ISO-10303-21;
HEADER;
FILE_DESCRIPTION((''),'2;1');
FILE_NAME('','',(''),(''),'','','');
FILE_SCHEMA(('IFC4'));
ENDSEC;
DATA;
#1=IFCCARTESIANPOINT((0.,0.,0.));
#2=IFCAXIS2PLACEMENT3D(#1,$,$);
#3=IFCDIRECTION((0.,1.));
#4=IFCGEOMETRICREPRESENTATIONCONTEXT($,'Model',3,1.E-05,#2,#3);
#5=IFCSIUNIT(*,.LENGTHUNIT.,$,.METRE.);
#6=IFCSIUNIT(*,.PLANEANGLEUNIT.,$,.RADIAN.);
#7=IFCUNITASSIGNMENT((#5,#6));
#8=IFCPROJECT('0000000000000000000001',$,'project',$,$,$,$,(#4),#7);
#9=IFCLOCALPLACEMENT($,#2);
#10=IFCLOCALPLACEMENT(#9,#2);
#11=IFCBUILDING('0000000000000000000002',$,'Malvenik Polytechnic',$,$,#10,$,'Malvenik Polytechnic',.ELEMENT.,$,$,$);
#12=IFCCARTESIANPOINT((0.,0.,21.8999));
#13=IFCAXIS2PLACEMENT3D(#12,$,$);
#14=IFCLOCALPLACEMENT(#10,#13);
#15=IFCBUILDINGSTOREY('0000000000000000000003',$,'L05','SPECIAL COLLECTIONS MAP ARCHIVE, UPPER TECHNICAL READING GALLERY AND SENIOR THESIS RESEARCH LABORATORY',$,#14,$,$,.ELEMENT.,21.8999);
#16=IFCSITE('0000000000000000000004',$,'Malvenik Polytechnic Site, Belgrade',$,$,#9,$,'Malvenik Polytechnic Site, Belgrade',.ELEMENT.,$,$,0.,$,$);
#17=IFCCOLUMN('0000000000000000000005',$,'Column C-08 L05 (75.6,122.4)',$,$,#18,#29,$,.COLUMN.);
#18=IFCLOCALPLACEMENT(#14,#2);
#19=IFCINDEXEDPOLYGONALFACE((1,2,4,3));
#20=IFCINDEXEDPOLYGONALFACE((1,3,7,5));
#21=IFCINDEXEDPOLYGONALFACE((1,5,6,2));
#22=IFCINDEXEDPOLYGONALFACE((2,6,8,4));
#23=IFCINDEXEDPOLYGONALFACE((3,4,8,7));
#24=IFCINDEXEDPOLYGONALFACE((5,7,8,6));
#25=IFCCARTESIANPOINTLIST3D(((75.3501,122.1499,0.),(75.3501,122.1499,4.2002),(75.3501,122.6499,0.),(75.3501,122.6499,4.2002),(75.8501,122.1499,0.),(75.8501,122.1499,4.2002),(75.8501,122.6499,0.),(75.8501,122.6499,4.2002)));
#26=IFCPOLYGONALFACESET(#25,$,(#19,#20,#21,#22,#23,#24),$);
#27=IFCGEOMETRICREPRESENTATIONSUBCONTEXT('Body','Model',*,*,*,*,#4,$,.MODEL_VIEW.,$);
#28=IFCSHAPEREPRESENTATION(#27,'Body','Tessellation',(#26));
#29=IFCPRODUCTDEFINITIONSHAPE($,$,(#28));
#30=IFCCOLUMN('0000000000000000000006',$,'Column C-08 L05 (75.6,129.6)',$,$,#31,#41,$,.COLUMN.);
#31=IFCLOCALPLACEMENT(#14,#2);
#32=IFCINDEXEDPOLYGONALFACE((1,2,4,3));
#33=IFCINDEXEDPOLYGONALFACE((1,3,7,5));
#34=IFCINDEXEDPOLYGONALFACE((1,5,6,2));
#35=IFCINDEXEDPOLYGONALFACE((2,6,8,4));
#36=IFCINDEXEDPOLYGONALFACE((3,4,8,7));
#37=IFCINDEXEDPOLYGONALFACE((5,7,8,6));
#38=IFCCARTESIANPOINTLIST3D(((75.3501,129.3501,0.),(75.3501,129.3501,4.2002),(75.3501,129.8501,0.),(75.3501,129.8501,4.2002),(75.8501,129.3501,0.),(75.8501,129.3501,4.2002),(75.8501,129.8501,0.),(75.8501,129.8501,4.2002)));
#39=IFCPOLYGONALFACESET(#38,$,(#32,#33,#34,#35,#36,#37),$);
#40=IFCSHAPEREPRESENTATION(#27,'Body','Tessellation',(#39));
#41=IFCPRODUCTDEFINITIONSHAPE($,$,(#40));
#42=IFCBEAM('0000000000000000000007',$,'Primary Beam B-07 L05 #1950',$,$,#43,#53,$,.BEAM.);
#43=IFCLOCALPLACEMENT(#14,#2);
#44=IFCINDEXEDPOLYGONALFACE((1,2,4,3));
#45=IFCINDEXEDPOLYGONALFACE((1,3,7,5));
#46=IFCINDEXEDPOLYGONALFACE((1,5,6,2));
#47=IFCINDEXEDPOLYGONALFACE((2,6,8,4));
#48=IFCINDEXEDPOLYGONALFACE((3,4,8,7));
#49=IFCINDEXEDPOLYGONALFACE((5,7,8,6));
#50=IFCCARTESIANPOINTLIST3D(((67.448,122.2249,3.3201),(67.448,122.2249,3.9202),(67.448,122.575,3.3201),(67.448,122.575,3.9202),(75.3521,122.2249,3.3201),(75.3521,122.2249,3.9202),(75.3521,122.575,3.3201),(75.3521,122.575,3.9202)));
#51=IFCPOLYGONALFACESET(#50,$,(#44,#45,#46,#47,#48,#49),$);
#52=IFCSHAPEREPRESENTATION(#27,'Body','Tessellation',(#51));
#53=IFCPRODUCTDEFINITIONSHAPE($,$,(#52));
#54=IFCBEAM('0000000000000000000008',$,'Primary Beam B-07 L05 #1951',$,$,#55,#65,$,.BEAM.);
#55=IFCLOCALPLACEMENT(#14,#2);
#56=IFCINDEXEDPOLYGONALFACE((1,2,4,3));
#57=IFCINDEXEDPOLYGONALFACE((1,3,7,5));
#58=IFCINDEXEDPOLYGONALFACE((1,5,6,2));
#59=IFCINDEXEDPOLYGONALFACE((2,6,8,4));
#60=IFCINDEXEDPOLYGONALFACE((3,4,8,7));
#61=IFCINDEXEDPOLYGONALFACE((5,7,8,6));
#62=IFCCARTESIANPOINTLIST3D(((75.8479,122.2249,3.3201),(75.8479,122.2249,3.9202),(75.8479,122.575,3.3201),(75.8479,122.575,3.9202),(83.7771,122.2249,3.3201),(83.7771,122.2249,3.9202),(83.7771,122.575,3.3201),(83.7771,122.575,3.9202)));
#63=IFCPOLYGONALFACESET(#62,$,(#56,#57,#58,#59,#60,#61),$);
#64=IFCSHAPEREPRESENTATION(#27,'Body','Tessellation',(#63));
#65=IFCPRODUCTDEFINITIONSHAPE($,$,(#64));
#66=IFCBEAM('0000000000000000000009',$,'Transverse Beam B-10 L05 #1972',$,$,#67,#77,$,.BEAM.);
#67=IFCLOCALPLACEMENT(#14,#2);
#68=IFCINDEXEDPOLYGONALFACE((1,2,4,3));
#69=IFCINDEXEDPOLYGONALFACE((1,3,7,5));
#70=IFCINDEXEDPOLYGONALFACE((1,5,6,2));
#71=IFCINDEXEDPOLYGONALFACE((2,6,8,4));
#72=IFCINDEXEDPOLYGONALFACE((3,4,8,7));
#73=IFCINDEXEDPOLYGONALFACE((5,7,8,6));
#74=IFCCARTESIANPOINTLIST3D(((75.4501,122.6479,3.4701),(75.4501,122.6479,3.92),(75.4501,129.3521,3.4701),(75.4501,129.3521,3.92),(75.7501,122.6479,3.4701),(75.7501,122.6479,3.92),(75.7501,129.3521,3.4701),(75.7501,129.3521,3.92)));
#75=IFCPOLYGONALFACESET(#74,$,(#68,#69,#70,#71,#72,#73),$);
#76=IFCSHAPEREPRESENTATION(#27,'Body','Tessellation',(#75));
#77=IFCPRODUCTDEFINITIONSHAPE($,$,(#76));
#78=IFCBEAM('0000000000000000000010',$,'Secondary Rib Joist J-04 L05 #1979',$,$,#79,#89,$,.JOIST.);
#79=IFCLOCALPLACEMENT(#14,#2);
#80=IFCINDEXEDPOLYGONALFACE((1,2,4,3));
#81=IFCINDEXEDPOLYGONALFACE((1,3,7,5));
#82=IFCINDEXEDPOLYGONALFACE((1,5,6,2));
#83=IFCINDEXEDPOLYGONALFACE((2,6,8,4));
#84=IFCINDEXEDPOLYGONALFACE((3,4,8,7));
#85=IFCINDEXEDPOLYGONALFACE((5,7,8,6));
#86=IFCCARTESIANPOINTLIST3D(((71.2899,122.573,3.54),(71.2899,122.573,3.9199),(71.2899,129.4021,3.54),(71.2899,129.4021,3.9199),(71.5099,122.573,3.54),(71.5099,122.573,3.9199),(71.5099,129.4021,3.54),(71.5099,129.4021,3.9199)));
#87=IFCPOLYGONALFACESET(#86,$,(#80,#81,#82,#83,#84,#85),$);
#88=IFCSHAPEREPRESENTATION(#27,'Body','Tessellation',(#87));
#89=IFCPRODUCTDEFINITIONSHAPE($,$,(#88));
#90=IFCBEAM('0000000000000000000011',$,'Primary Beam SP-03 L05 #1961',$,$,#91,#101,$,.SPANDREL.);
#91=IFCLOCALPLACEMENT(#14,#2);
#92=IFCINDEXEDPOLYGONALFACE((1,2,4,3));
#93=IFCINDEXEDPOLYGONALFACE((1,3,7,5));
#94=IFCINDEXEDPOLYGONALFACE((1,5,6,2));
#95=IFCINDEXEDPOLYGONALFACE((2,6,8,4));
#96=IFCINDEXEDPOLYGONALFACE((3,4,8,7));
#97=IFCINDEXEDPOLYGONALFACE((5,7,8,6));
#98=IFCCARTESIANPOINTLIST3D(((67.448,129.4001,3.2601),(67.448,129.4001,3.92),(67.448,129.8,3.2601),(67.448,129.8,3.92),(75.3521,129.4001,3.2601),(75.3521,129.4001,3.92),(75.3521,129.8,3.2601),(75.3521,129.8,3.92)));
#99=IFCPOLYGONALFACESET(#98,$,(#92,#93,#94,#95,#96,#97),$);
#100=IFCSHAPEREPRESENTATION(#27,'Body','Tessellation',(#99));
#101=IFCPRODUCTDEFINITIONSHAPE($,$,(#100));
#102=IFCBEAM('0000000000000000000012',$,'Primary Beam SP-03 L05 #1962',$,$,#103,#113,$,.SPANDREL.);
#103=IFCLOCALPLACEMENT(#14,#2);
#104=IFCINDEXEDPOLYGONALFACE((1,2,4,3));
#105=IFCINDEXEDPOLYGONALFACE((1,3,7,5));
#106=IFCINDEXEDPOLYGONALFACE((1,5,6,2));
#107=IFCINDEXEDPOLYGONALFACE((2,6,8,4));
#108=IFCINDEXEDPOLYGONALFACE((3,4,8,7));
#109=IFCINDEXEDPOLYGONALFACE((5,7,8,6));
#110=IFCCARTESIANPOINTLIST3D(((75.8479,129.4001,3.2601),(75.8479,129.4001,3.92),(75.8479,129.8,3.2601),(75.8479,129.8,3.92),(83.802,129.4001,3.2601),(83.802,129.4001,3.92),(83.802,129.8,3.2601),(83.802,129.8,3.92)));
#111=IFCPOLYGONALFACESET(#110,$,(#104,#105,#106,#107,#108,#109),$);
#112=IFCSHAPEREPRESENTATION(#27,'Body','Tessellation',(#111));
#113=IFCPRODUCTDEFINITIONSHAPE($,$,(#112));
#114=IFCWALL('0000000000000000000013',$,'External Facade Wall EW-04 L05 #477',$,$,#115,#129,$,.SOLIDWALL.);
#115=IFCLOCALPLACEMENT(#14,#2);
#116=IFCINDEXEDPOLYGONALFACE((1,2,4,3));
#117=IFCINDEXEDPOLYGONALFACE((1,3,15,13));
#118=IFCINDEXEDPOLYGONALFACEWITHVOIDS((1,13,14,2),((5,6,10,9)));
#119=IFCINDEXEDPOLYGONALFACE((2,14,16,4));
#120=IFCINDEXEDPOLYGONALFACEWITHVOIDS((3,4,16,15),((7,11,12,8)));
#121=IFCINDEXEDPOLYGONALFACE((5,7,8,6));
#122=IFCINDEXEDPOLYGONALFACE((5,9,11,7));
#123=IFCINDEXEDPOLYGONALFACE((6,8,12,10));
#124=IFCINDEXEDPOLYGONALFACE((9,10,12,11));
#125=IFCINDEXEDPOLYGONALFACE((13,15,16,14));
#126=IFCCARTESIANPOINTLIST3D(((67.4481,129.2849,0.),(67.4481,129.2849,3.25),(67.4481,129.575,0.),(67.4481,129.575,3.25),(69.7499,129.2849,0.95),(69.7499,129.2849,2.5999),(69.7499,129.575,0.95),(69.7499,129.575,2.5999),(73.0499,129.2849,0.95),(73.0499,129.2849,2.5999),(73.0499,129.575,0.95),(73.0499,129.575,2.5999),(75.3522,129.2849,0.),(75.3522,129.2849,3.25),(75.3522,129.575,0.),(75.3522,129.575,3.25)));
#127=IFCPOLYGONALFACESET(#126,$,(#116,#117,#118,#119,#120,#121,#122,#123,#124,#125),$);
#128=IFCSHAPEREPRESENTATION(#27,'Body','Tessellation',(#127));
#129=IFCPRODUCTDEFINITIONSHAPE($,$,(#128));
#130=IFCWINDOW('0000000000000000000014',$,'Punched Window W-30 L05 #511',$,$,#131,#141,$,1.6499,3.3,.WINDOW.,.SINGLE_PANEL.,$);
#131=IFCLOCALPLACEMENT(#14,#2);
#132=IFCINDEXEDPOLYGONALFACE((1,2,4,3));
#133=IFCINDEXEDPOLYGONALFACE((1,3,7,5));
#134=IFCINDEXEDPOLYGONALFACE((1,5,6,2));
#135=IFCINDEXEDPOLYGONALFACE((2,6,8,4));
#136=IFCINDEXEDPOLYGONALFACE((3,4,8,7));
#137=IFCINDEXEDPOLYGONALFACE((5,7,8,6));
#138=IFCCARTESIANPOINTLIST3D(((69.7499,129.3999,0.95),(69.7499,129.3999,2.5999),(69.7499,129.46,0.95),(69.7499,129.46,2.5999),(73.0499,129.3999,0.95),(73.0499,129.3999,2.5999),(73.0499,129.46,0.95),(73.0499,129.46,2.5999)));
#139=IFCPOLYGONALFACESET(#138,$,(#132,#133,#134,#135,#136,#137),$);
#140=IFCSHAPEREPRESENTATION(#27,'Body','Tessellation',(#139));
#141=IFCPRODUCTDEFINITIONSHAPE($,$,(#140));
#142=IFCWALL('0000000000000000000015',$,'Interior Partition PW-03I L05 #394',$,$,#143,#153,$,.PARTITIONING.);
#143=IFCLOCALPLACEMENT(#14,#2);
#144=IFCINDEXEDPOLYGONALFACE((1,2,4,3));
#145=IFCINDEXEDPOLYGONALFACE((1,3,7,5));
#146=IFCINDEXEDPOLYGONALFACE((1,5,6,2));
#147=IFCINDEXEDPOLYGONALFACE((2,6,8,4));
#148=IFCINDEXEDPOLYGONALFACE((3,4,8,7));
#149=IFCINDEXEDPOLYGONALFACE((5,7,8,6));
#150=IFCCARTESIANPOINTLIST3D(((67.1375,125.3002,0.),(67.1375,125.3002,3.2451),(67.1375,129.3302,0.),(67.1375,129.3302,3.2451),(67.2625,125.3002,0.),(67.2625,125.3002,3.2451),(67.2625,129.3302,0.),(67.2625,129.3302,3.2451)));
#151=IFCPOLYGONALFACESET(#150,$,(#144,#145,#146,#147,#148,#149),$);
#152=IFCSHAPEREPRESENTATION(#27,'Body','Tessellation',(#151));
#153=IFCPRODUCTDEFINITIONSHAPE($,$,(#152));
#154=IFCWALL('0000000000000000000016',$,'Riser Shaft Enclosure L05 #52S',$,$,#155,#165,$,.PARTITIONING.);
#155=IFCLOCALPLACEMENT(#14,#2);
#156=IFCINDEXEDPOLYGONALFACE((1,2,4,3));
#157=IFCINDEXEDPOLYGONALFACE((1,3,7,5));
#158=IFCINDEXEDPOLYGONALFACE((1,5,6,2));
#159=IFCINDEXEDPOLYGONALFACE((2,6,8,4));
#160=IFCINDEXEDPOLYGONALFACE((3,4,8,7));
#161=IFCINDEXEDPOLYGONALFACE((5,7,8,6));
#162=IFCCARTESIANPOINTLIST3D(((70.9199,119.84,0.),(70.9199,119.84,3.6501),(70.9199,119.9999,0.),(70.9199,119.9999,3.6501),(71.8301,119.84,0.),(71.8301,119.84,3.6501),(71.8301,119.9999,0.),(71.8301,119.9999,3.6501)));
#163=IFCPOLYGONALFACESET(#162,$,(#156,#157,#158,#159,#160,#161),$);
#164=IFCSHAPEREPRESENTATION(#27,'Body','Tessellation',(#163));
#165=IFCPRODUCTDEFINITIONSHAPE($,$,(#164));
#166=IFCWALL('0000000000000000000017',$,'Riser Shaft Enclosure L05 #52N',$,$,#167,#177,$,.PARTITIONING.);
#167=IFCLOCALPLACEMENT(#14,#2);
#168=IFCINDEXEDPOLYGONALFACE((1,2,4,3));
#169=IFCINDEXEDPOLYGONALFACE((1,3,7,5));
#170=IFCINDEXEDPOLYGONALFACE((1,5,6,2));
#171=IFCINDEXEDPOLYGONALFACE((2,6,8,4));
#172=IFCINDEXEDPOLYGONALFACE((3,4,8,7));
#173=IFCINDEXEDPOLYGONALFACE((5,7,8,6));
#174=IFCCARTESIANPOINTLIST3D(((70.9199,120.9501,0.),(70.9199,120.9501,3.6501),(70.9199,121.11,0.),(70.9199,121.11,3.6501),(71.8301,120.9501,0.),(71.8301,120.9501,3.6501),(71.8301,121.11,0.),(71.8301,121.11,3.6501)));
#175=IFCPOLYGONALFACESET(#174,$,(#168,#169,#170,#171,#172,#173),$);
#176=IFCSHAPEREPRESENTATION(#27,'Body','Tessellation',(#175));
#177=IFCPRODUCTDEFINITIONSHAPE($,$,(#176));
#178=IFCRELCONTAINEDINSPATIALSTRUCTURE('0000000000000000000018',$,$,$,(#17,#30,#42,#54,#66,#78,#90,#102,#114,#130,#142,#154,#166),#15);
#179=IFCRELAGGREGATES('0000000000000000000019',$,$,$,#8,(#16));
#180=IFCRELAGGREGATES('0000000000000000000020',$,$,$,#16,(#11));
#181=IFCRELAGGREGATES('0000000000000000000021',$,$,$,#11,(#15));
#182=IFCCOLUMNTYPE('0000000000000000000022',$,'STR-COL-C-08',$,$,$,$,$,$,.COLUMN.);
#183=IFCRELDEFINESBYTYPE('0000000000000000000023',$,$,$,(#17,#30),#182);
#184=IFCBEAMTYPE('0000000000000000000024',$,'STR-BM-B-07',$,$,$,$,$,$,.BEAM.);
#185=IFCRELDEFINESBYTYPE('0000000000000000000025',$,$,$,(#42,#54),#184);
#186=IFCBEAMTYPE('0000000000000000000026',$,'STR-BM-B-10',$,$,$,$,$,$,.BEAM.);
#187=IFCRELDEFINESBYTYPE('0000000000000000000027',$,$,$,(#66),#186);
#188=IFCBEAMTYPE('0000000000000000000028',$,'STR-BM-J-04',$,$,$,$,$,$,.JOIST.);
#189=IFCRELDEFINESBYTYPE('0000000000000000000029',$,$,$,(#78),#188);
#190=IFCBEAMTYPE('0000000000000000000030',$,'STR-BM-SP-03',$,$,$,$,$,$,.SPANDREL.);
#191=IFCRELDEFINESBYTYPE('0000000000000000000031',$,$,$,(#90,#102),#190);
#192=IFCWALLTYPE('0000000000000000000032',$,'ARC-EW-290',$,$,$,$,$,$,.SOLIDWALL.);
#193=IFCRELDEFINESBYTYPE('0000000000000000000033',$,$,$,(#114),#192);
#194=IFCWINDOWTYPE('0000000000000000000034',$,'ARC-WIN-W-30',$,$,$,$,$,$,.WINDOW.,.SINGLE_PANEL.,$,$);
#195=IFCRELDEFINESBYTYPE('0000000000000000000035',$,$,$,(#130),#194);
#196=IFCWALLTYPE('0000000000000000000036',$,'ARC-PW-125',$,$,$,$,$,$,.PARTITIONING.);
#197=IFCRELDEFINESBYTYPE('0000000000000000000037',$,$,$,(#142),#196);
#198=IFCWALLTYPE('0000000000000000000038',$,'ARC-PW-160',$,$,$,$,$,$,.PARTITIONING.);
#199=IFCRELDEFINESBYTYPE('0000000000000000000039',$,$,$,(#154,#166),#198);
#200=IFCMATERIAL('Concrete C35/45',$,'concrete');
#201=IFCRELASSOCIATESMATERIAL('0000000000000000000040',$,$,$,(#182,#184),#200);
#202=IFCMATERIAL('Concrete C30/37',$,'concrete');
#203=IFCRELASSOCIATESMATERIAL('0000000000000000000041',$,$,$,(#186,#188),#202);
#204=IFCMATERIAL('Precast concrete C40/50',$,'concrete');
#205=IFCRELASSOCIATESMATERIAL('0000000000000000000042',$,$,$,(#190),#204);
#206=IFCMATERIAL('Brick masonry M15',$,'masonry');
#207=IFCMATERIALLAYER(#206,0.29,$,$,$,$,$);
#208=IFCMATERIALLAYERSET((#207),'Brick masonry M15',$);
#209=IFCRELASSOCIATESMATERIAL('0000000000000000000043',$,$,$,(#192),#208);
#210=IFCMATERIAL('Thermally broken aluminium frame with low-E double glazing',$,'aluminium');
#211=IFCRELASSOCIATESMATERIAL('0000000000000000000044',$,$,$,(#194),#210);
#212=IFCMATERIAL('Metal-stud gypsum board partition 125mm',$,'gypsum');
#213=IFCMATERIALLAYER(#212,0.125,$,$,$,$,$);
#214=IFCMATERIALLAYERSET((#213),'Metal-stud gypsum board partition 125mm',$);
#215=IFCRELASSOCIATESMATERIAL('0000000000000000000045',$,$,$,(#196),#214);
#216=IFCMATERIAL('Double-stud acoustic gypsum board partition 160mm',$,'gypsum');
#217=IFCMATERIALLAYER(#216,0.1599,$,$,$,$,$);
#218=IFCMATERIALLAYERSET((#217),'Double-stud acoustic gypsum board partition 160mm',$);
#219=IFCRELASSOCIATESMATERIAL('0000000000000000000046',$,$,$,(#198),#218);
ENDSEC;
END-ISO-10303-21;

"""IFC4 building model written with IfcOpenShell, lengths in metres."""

from ifc_helpers import new_model, si_unit, direction, frame, frame_2d, origin, origin_2d, place, context, subcontext, project, spatial, rectangle, extrude, material, layer, layer_set, material_profile, profile_set, type_object, element, fill, save


model = new_model("IFC4")

# Units and contexts
model_context = context("Model", 3, precision=1e-05, world=origin(), true_north=direction((0.0, 1.0)))
body_context = subcontext(model_context, "Body", "Model", "MODEL_VIEW")
ifc_project = project(units=[si_unit("LENGTHUNIT", "METRE"), si_unit("PLANEANGLEUNIT", "RADIAN")], contexts=[model_context])

# Site, building, storey
site_placement = place(None, origin())
site = spatial("IfcSite", under=ifc_project, at=site_placement, Name="Malvenik Polytechnic Site, Belgrade", LongName="Malvenik Polytechnic Site, Belgrade", CompositionType="ELEMENT", RefElevation=0.0)
building_placement = place(site_placement, origin())
building = spatial("IfcBuilding", under=site, at=building_placement, Name="Malvenik Polytechnic", LongName="Malvenik Polytechnic", CompositionType="ELEMENT")
storey_placement = place(building_placement, frame((0.0, 0.0, 21.8999)))
storey = spatial("IfcBuildingStorey", under=building, at=storey_placement, Name="L05", Description="SPECIAL COLLECTIONS MAP ARCHIVE, UPPER TECHNICAL READING GALLERY AND SENIOR THESIS RESEARCH LABORATORY", CompositionType="ELEMENT", Elevation=21.8999)

# Columns
ifc_material_1 = material(Name="Concrete C35/45", Category="concrete")
ifc_material_profile_1 = material_profile(ifc_material_1, rectangle(XDim=0.5, YDim=0.5, at=origin_2d()), Name="RC COL 500x500")
ifc_profile_set_1 = profile_set([ifc_material_profile_1], Name="Concrete C35/45")
column_type = type_object("IfcColumnType", Name="STR-COL-C-08", PredefinedType="COLUMN", material=ifc_profile_set_1)
for number, where, z_axis, x_axis, name in (
    (1, (75.6001, 122.3999, 0.0), (0.0, 0.0, 1.0), (1.0, 0.0, 0.0), "Column C-08 L05 (75.6,122.4)"),
    (2, (75.6001, 129.6001, 0.0), (0.0, 0.0, 1.0), (1.0, 0.0, 0.0), "Column C-08 L05 (75.6,129.6)"),
):
    element("IfcColumn", number, at=place(storey_placement, frame(where, z_axis=z_axis, x_axis=x_axis)), inside=storey, type_object=column_type, Name=name, PredefinedType="COLUMN", context=body_context, shape_type="SweptSolid", body=[
        extrude(rectangle(XDim=0.5, YDim=0.5, at=origin_2d()), origin(), (0.0, 0.0, 1.0), 4.2002),
    ])

# Beams
ifc_material_profile_2 = material_profile(ifc_material_1, rectangle(XDim=0.3501, YDim=0.6001, at=origin_2d()), Name="RC BM 350x600")
ifc_profile_set_2 = profile_set([ifc_material_profile_2], Name="Concrete C35/45")
beam_type_1 = type_object("IfcBeamType", Name="STR-BM-B-07", PredefinedType="BEAM", material=ifc_profile_set_2)
beam_1_placement = place(storey_placement, frame((67.448, 122.3999, 3.6201), z_axis=(1.0, 0.0, 0.0), x_axis=(0.0, 1.0, 0.0)))
element("IfcBeam", 3, at=beam_1_placement, inside=storey, type_object=beam_type_1, Name="Primary Beam B-07 L05 #1950", PredefinedType="BEAM", context=body_context, shape_type="SweptSolid", body=[
    extrude(rectangle(XDim=0.3501, YDim=0.6001, at=origin_2d()), origin(), (0.0, 0.0, 1.0), 7.9041),
])
beam_2_placement = place(storey_placement, frame((75.8479, 122.3999, 3.6201), z_axis=(1.0, 0.0, 0.0), x_axis=(0.0, 1.0, 0.0)))
element("IfcBeam", 4, at=beam_2_placement, inside=storey, type_object=beam_type_1, Name="Primary Beam B-07 L05 #1951", PredefinedType="BEAM", context=body_context, shape_type="SweptSolid", body=[
    extrude(rectangle(XDim=0.3501, YDim=0.6001, at=origin_2d()), origin(), (0.0, 0.0, 1.0), 7.9292),
])
ifc_material_2 = material(Name="Concrete C30/37", Category="concrete")
ifc_material_profile_3 = material_profile(ifc_material_2, rectangle(XDim=0.3, YDim=0.45, at=origin_2d()), Name="RC BM 300x450")
ifc_profile_set_3 = profile_set([ifc_material_profile_3], Name="Concrete C30/37")
beam_type_2 = type_object("IfcBeamType", Name="STR-BM-B-10", PredefinedType="BEAM", material=ifc_profile_set_3)
beam_3_placement = place(storey_placement, frame((75.6001, 122.6479, 3.6951), z_axis=(0.0, 1.0, 0.0), x_axis=(-1.0, 0.0, 0.0)))
element("IfcBeam", 5, at=beam_3_placement, inside=storey, type_object=beam_type_2, Name="Transverse Beam B-10 L05 #1972", PredefinedType="BEAM", context=body_context, shape_type="SweptSolid", body=[
    extrude(rectangle(XDim=0.3, YDim=0.45, at=origin_2d()), origin(), (0.0, 0.0, 1.0), 6.7041),
])
ifc_material_profile_4 = material_profile(ifc_material_2, rectangle(XDim=0.22, YDim=0.3799, at=origin_2d()), Name="RC JST 220x380")
ifc_profile_set_4 = profile_set([ifc_material_profile_4], Name="Concrete C30/37")
beam_type_3 = type_object("IfcBeamType", Name="STR-BM-J-04", PredefinedType="JOIST", material=ifc_profile_set_4)
beam_4_placement = place(storey_placement, frame((71.3999, 122.573, 3.73), z_axis=(0.0, 1.0, 0.0), x_axis=(-1.0, 0.0, 0.0)))
element("IfcBeam", 6, at=beam_4_placement, inside=storey, type_object=beam_type_3, Name="Secondary Rib Joist J-04 L05 #1979", PredefinedType="JOIST", context=body_context, shape_type="SweptSolid", body=[
    extrude(rectangle(XDim=0.22, YDim=0.3799, at=origin_2d()), origin(), (0.0, 0.0, 1.0), 6.8291),
])
ifc_material_3 = material(Name="Precast concrete C40/50", Category="concrete")
ifc_material_profile_5 = material_profile(ifc_material_3, rectangle(XDim=0.3999, YDim=0.6599, at=origin_2d()), Name="PC SPN 400x660")
ifc_profile_set_5 = profile_set([ifc_material_profile_5], Name="Precast concrete C40/50")
beam_type_4 = type_object("IfcBeamType", Name="STR-BM-SP-03", PredefinedType="SPANDREL", material=ifc_profile_set_5)
beam_5_placement = place(storey_placement, frame((67.448, 129.6001, 3.5901), z_axis=(1.0, 0.0, 0.0), x_axis=(0.0, 1.0, 0.0)))
element("IfcBeam", 7, at=beam_5_placement, inside=storey, type_object=beam_type_4, Name="Primary Beam SP-03 L05 #1961", PredefinedType="SPANDREL", context=body_context, shape_type="SweptSolid", body=[
    extrude(rectangle(XDim=0.3999, YDim=0.6599, at=origin_2d()), origin(), (0.0, 0.0, 1.0), 7.9041),
])
beam_6_placement = place(storey_placement, frame((75.8479, 129.6001, 3.5901), z_axis=(1.0, 0.0, 0.0), x_axis=(0.0, 1.0, 0.0)))
element("IfcBeam", 8, at=beam_6_placement, inside=storey, type_object=beam_type_4, Name="Primary Beam SP-03 L05 #1962", PredefinedType="SPANDREL", context=body_context, shape_type="SweptSolid", body=[
    extrude(rectangle(XDim=0.3999, YDim=0.6599, at=origin_2d()), origin(), (0.0, 0.0, 1.0), 7.9541),
])

# Wall, opening, window
ifc_material_4 = material(Name="Brick masonry M15", Category="masonry")
ifc_layer_1 = layer(ifc_material_4, 0.29)
ifc_layer_set_1 = layer_set([ifc_layer_1], Name="Brick masonry M15")
wall_type_1 = type_object("IfcWallType", Name="ARC-EW-290", PredefinedType="SOLIDWALL", material=ifc_layer_set_1)
wall_1_placement = place(storey_placement, frame((67.448, 129.4299, 0.0), z_axis=(0.0, 0.0, 1.0), x_axis=(1.0, 0.0, 0.0)))
wall_1 = element("IfcWall", 9, at=wall_1_placement, inside=storey, type_object=wall_type_1, Name="External Facade Wall EW-04 L05 #477", PredefinedType="SOLIDWALL", context=body_context, shape_type="SweptSolid", body=[
    extrude(rectangle(XDim=7.9041, YDim=0.29, at=frame_2d((3.9521, 0.0))), origin(), (0.0, 0.0, 1.0), 3.25),
])
opening_1_placement = place(wall_1_placement, frame((2.302, 0.0, 0.95)))
opening_1 = element("IfcOpeningElement", 10, at=opening_1_placement, cuts=wall_1, PredefinedType="OPENING", context=body_context, shape_type="SweptSolid", body=[
    extrude(rectangle(XDim=3.3, YDim=1.6499, at=frame_2d((1.6499, 0.825))), frame((0.0, 0.155, 0.0), z_axis=(0.0, -1.0, 0.0), x_axis=(1.0, 0.0, 0.0)), (0.0, 0.0, 1.0), 0.3101),
])
ifc_material_5 = material(Name="Thermally broken aluminium frame with low-E double glazing", Category="aluminium")
window_type = type_object("IfcWindowType", Name="ARC-WIN-W-30", PartitioningType="SINGLE_PANEL", PredefinedType="WINDOW", material=ifc_material_5)
window_placement = place(opening_1_placement, origin())
window = element("IfcWindow", 11, at=window_placement, inside=storey, type_object=window_type, Name="Punched Window W-30 L05 #511", OverallHeight=1.6499, OverallWidth=3.3, PartitioningType="SINGLE_PANEL", PredefinedType="WINDOW", context=body_context, shape_type="SweptSolid", body=[
    extrude(rectangle(XDim=3.3, YDim=1.6499, at=frame_2d((1.6499, 0.825))), frame((0.0, 0.03, 0.0), z_axis=(0.0, -1.0, 0.0), x_axis=(1.0, 0.0, 0.0)), (0.0, 0.0, 1.0), 0.0601),
])
fill(opening_1, window)

# Walls
ifc_material_6 = material(Name="Metal-stud gypsum board partition 125mm", Category="gypsum")
ifc_layer_2 = layer(ifc_material_6, 0.125)
ifc_layer_set_2 = layer_set([ifc_layer_2], Name="Metal-stud gypsum board partition 125mm")
wall_type_2 = type_object("IfcWallType", Name="ARC-PW-125", PredefinedType="PARTITIONING", material=ifc_layer_set_2)
wall_2_placement = place(storey_placement, frame((67.2, 125.3, 0.0), z_axis=(0.0, 0.0, 1.0), x_axis=(0.0, 1.0, 0.0)))
element("IfcWall", 12, at=wall_2_placement, inside=storey, type_object=wall_type_2, Name="Interior Partition PW-03I L05 #394", PredefinedType="PARTITIONING", context=body_context, shape_type="SweptSolid", body=[
    extrude(rectangle(XDim=4.03, YDim=0.125, at=frame_2d((2.0151, 0.0))), origin(), (0.0, 0.0, 1.0), 3.2451),
])
ifc_material_7 = material(Name="Double-stud acoustic gypsum board partition 160mm", Category="gypsum")
ifc_layer_3 = layer(ifc_material_7, 0.1599)
ifc_layer_set_3 = layer_set([ifc_layer_3], Name="Double-stud acoustic gypsum board partition 160mm")
wall_type_3 = type_object("IfcWallType", Name="ARC-PW-160", PredefinedType="PARTITIONING", material=ifc_layer_set_3)
for number, where, z_axis, x_axis, name in (
    (13, (70.9199, 119.9199, 0.0), (0.0, 0.0, 1.0), (1.0, 0.0, 0.0), "Riser Shaft Enclosure L05 #52S"),
    (14, (71.8301, 121.03, 0.0), (0.0, 0.0, 1.0), (-1.0, 0.0, 0.0), "Riser Shaft Enclosure L05 #52N"),
):
    element("IfcWall", number, at=place(storey_placement, frame(where, z_axis=z_axis, x_axis=x_axis)), inside=storey, type_object=wall_type_3, Name=name, PredefinedType="PARTITIONING", context=body_context, shape_type="SweptSolid", body=[
        extrude(rectangle(XDim=0.9102, YDim=0.1599, at=frame_2d((0.4551, 0.0))), origin(), (0.0, 0.0, 1.0), 3.6501),
    ])

save(model, "model.ifc")
